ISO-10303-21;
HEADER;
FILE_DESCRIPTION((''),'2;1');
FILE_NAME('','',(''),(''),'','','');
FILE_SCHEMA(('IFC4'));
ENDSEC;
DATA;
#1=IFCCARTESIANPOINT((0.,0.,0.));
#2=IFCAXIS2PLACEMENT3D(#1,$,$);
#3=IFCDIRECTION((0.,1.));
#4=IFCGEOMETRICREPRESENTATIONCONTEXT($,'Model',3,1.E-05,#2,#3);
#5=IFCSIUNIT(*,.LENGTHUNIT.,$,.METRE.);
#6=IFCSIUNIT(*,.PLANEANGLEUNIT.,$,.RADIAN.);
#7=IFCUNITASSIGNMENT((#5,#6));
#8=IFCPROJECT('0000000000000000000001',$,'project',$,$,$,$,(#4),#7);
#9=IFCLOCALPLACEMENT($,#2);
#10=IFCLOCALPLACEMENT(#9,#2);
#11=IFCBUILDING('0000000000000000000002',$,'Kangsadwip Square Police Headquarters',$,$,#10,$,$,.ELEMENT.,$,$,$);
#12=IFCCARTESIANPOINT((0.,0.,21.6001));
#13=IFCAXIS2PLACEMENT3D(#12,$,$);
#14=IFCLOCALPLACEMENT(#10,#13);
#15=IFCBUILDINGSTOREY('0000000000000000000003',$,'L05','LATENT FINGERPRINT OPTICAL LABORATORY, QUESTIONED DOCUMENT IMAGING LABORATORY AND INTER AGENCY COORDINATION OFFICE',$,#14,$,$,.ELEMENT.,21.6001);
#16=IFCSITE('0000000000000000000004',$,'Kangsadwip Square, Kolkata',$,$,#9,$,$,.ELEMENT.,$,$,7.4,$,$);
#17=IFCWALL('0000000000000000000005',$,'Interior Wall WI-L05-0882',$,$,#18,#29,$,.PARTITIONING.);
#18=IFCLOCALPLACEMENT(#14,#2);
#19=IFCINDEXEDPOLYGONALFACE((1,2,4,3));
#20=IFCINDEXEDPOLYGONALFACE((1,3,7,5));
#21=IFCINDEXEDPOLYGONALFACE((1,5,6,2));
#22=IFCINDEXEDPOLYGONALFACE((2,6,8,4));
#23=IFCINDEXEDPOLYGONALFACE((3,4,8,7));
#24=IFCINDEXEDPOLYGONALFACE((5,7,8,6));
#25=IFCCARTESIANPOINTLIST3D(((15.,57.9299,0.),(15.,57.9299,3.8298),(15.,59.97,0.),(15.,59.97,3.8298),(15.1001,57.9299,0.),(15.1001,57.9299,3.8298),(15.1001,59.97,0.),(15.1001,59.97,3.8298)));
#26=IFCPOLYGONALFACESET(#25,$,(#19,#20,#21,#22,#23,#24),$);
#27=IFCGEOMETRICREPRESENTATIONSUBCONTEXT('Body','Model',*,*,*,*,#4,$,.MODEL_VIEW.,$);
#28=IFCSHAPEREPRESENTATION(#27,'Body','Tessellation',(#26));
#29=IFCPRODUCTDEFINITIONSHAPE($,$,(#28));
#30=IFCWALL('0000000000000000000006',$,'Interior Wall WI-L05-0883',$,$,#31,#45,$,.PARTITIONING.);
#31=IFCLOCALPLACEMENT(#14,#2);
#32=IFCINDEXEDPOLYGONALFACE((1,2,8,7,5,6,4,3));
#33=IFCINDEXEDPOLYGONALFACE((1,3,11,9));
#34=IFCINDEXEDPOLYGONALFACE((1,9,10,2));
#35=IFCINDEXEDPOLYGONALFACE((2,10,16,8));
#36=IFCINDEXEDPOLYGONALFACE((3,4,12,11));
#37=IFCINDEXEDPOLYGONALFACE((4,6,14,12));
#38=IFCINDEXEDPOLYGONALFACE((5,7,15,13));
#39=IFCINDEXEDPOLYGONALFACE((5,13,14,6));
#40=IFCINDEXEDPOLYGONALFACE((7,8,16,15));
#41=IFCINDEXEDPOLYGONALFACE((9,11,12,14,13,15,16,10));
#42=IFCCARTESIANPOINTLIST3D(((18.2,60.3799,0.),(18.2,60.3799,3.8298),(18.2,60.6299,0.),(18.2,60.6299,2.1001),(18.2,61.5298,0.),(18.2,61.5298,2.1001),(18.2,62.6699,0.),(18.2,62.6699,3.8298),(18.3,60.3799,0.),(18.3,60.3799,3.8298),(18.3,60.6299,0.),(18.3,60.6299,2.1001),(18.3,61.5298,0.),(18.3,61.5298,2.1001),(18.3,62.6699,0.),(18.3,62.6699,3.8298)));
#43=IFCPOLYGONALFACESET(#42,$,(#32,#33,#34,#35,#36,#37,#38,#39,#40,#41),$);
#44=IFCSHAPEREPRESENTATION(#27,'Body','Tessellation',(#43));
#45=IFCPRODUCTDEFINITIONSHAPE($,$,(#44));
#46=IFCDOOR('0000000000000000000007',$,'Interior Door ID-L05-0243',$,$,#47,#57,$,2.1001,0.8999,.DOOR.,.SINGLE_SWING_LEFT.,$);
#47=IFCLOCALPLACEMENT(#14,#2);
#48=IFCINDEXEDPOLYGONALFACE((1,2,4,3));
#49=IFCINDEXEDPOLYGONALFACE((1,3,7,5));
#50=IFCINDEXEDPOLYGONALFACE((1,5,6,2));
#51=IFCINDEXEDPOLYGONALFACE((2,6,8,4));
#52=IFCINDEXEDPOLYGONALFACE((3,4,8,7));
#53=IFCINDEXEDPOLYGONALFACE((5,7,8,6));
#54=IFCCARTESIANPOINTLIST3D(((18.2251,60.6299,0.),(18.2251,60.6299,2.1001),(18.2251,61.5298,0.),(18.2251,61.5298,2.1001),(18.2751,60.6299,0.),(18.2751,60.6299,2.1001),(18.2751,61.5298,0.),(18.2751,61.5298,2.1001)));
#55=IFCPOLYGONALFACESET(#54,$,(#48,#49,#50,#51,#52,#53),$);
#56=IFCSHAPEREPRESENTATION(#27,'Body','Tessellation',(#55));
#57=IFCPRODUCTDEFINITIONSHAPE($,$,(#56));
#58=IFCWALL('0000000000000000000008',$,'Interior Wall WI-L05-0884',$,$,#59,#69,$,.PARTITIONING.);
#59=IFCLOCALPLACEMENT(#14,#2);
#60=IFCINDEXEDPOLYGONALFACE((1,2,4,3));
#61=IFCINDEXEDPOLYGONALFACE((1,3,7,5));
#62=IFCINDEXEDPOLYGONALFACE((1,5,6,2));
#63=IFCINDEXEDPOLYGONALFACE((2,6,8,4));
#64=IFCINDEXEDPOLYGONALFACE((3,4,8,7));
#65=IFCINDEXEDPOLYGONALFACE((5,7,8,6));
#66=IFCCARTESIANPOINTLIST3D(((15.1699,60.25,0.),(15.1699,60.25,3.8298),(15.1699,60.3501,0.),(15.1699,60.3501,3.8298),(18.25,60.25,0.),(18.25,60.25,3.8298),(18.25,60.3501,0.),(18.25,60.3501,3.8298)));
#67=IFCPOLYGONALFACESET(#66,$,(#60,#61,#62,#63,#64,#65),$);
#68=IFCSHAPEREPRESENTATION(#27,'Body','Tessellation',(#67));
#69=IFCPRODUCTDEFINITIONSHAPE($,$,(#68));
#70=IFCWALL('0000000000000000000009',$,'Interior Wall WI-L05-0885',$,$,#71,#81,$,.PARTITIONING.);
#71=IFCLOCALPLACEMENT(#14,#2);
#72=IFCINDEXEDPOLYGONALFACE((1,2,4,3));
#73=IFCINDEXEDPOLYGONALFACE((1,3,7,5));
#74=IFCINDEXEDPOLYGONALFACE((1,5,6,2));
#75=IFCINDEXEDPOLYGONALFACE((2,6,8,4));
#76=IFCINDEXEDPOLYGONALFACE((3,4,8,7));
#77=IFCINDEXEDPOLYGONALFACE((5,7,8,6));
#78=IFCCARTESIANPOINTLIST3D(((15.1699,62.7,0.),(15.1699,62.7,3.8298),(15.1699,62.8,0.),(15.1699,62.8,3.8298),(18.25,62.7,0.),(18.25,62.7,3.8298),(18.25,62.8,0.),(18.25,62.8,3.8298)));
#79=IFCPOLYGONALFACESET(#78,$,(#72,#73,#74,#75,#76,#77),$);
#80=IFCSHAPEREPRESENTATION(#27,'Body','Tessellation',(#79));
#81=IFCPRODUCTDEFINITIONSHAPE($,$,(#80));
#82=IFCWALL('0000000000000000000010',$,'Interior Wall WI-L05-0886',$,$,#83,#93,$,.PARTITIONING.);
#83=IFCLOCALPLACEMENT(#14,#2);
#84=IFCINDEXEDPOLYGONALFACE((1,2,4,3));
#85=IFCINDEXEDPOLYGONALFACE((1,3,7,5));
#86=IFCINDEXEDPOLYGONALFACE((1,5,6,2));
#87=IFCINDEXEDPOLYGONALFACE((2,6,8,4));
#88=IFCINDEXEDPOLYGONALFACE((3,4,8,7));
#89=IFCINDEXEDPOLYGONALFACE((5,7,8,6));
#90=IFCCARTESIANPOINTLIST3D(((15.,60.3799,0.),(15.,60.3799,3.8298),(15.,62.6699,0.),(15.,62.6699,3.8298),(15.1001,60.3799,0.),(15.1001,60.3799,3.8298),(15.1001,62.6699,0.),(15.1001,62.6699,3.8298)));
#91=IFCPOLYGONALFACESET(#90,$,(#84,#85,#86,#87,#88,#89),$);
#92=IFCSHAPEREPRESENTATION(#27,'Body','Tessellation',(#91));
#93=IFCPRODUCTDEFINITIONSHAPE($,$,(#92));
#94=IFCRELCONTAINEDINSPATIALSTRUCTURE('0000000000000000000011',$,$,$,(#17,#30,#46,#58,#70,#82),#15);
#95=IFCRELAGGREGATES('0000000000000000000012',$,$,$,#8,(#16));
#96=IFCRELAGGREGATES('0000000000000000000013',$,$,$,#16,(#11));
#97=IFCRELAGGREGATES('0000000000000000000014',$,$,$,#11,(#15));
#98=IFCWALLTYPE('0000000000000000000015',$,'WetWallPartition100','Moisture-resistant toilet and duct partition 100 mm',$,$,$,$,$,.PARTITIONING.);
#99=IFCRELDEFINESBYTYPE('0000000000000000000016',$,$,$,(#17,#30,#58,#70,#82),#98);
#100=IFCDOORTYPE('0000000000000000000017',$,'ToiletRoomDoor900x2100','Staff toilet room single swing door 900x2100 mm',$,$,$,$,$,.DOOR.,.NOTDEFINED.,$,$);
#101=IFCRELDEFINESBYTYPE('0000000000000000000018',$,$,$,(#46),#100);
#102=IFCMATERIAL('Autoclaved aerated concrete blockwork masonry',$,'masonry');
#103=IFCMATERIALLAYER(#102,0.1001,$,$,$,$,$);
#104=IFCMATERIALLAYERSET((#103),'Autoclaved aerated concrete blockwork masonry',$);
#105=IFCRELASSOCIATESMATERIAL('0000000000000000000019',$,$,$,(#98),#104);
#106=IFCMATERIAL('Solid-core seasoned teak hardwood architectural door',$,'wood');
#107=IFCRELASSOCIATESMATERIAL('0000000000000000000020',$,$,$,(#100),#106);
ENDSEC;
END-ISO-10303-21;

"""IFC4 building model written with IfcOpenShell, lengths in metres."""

from ifc_helpers import new_model, si_unit, direction, frame, frame_2d, origin, place, context, subcontext, project, spatial, rectangle, extrude, material, layer, layer_set, type_object, element, fill, save


model = new_model("IFC4")

# Units and contexts
model_context = context("Model", 3, precision=1e-05, world=origin(), true_north=direction((0.0, 1.0)))
body_context = subcontext(model_context, "Body", "Model", "MODEL_VIEW")
ifc_project = project(units=[si_unit("LENGTHUNIT", "METRE"), si_unit("PLANEANGLEUNIT", "RADIAN")], contexts=[model_context])

# Site, building, storey
site_placement = place(None, origin())
site = spatial("IfcSite", under=ifc_project, at=site_placement, Name="Kangsadwip Square, Kolkata", CompositionType="ELEMENT", RefElevation=7.4)
building_placement = place(site_placement, origin())
building = spatial("IfcBuilding", under=site, at=building_placement, Name="Kangsadwip Square Police Headquarters", CompositionType="ELEMENT")
storey_placement = place(building_placement, frame((0.0, 0.0, 21.6001)))
storey = spatial("IfcBuildingStorey", under=building, at=storey_placement, Name="L05", Description="LATENT FINGERPRINT OPTICAL LABORATORY, QUESTIONED DOCUMENT IMAGING LABORATORY AND INTER AGENCY COORDINATION OFFICE", CompositionType="ELEMENT", Elevation=21.6001)

# Shared definitions
ifc_material_1 = material(Name="Autoclaved aerated concrete blockwork masonry", Category="masonry")
ifc_layer_1 = layer(ifc_material_1, 0.1001)
ifc_layer_set_1 = layer_set([ifc_layer_1], Name="Autoclaved aerated concrete blockwork masonry")
wall_type_1 = type_object("IfcWallType", Name="WetWallPartition100", Description="Moisture-resistant toilet and duct partition 100 mm", PredefinedType="PARTITIONING", material=ifc_layer_set_1)

# Wall
wall_1_placement = place(storey_placement, frame((15.05, 57.9299, 0.0), z_axis=(0.0, 0.0, 1.0), x_axis=(0.0, 1.0, 0.0)))
element("IfcWall", 1, at=wall_1_placement, inside=storey, type_object=wall_type_1, Name="Interior Wall WI-L05-0882", PredefinedType="PARTITIONING", context=body_context, shape_type="SweptSolid", body=[
    extrude(rectangle(XDim=2.04, YDim=0.1001, at=frame_2d((1.02, 0.0))), origin(), (0.0, 0.0, 1.0), 3.8298),
])

# Wall, opening, door
wall_2_placement = place(storey_placement, frame((18.25, 60.3799, 0.0), z_axis=(0.0, 0.0, 1.0), x_axis=(0.0, 1.0, 0.0)))
wall_2 = element("IfcWall", 2, at=wall_2_placement, inside=storey, type_object=wall_type_1, Name="Interior Wall WI-L05-0883", PredefinedType="PARTITIONING", context=body_context, shape_type="SweptSolid", body=[
    extrude(rectangle(XDim=2.29, YDim=0.1001, at=frame_2d((1.145, 0.0))), origin(), (0.0, 0.0, 1.0), 3.8298),
])
opening_1_placement = place(wall_2_placement, frame((0.25, 0.0, 0.0)))
opening_1 = element("IfcOpeningElement", 3, at=opening_1_placement, cuts=wall_2, PredefinedType="OPENING", context=body_context, shape_type="SweptSolid", body=[
    extrude(rectangle(XDim=0.8999, YDim=2.1001, at=frame_2d((0.45, 1.05))), frame((0.0, 0.0601, 0.0), z_axis=(0.0, -1.0, 0.0), x_axis=(1.0, 0.0, 0.0)), (0.0, 0.0, 1.0), 0.1201),
])
ifc_material_2 = material(Name="Solid-core seasoned teak hardwood architectural door", Category="wood")
door_type_1 = type_object("IfcDoorType", Name="ToiletRoomDoor900x2100", Description="Staff toilet room single swing door 900x2100 mm", OperationType="NOTDEFINED", PredefinedType="DOOR", material=ifc_material_2)
door_1_placement = place(opening_1_placement, origin())
door_1 = element("IfcDoor", 4, at=door_1_placement, inside=storey, type_object=door_type_1, Name="Interior Door ID-L05-0243", OperationType="SINGLE_SWING_LEFT", OverallHeight=2.1001, OverallWidth=0.8999, PredefinedType="DOOR", context=body_context, shape_type="SweptSolid", body=[
    extrude(rectangle(XDim=0.8999, YDim=2.1001, at=frame_2d((0.45, 1.05))), frame((0.0, 0.0249, 0.0), z_axis=(0.0, -1.0, 0.0), x_axis=(1.0, 0.0, 0.0)), (0.0, 0.0, 1.0), 0.05),
])
fill(opening_1, door_1)

# Walls
for number, where, z_axis, x_axis, name in (
    (5, (15.1699, 60.3, 0.0), (0.0, 0.0, 1.0), (1.0, 0.0, 0.0), "Interior Wall WI-L05-0884"),
    (6, (15.1699, 62.75, 0.0), (0.0, 0.0, 1.0), (1.0, 0.0, 0.0), "Interior Wall WI-L05-0885"),
):
    element("IfcWall", number, at=place(storey_placement, frame(where, z_axis=z_axis, x_axis=x_axis)), inside=storey, type_object=wall_type_1, Name=name, PredefinedType="PARTITIONING", context=body_context, shape_type="SweptSolid", body=[
        extrude(rectangle(XDim=3.0801, YDim=0.1001, at=frame_2d((1.54, 0.0))), origin(), (0.0, 0.0, 1.0), 3.8298),
    ])
wall_3_placement = place(storey_placement, frame((15.05, 60.3799, 0.0), z_axis=(0.0, 0.0, 1.0), x_axis=(0.0, 1.0, 0.0)))
element("IfcWall", 7, at=wall_3_placement, inside=storey, type_object=wall_type_1, Name="Interior Wall WI-L05-0886", PredefinedType="PARTITIONING", context=body_context, shape_type="SweptSolid", body=[
    extrude(rectangle(XDim=2.29, YDim=0.1001, at=frame_2d((1.145, 0.0))), origin(), (0.0, 0.0, 1.0), 3.8298),
])

save(model, "model.ifc")
